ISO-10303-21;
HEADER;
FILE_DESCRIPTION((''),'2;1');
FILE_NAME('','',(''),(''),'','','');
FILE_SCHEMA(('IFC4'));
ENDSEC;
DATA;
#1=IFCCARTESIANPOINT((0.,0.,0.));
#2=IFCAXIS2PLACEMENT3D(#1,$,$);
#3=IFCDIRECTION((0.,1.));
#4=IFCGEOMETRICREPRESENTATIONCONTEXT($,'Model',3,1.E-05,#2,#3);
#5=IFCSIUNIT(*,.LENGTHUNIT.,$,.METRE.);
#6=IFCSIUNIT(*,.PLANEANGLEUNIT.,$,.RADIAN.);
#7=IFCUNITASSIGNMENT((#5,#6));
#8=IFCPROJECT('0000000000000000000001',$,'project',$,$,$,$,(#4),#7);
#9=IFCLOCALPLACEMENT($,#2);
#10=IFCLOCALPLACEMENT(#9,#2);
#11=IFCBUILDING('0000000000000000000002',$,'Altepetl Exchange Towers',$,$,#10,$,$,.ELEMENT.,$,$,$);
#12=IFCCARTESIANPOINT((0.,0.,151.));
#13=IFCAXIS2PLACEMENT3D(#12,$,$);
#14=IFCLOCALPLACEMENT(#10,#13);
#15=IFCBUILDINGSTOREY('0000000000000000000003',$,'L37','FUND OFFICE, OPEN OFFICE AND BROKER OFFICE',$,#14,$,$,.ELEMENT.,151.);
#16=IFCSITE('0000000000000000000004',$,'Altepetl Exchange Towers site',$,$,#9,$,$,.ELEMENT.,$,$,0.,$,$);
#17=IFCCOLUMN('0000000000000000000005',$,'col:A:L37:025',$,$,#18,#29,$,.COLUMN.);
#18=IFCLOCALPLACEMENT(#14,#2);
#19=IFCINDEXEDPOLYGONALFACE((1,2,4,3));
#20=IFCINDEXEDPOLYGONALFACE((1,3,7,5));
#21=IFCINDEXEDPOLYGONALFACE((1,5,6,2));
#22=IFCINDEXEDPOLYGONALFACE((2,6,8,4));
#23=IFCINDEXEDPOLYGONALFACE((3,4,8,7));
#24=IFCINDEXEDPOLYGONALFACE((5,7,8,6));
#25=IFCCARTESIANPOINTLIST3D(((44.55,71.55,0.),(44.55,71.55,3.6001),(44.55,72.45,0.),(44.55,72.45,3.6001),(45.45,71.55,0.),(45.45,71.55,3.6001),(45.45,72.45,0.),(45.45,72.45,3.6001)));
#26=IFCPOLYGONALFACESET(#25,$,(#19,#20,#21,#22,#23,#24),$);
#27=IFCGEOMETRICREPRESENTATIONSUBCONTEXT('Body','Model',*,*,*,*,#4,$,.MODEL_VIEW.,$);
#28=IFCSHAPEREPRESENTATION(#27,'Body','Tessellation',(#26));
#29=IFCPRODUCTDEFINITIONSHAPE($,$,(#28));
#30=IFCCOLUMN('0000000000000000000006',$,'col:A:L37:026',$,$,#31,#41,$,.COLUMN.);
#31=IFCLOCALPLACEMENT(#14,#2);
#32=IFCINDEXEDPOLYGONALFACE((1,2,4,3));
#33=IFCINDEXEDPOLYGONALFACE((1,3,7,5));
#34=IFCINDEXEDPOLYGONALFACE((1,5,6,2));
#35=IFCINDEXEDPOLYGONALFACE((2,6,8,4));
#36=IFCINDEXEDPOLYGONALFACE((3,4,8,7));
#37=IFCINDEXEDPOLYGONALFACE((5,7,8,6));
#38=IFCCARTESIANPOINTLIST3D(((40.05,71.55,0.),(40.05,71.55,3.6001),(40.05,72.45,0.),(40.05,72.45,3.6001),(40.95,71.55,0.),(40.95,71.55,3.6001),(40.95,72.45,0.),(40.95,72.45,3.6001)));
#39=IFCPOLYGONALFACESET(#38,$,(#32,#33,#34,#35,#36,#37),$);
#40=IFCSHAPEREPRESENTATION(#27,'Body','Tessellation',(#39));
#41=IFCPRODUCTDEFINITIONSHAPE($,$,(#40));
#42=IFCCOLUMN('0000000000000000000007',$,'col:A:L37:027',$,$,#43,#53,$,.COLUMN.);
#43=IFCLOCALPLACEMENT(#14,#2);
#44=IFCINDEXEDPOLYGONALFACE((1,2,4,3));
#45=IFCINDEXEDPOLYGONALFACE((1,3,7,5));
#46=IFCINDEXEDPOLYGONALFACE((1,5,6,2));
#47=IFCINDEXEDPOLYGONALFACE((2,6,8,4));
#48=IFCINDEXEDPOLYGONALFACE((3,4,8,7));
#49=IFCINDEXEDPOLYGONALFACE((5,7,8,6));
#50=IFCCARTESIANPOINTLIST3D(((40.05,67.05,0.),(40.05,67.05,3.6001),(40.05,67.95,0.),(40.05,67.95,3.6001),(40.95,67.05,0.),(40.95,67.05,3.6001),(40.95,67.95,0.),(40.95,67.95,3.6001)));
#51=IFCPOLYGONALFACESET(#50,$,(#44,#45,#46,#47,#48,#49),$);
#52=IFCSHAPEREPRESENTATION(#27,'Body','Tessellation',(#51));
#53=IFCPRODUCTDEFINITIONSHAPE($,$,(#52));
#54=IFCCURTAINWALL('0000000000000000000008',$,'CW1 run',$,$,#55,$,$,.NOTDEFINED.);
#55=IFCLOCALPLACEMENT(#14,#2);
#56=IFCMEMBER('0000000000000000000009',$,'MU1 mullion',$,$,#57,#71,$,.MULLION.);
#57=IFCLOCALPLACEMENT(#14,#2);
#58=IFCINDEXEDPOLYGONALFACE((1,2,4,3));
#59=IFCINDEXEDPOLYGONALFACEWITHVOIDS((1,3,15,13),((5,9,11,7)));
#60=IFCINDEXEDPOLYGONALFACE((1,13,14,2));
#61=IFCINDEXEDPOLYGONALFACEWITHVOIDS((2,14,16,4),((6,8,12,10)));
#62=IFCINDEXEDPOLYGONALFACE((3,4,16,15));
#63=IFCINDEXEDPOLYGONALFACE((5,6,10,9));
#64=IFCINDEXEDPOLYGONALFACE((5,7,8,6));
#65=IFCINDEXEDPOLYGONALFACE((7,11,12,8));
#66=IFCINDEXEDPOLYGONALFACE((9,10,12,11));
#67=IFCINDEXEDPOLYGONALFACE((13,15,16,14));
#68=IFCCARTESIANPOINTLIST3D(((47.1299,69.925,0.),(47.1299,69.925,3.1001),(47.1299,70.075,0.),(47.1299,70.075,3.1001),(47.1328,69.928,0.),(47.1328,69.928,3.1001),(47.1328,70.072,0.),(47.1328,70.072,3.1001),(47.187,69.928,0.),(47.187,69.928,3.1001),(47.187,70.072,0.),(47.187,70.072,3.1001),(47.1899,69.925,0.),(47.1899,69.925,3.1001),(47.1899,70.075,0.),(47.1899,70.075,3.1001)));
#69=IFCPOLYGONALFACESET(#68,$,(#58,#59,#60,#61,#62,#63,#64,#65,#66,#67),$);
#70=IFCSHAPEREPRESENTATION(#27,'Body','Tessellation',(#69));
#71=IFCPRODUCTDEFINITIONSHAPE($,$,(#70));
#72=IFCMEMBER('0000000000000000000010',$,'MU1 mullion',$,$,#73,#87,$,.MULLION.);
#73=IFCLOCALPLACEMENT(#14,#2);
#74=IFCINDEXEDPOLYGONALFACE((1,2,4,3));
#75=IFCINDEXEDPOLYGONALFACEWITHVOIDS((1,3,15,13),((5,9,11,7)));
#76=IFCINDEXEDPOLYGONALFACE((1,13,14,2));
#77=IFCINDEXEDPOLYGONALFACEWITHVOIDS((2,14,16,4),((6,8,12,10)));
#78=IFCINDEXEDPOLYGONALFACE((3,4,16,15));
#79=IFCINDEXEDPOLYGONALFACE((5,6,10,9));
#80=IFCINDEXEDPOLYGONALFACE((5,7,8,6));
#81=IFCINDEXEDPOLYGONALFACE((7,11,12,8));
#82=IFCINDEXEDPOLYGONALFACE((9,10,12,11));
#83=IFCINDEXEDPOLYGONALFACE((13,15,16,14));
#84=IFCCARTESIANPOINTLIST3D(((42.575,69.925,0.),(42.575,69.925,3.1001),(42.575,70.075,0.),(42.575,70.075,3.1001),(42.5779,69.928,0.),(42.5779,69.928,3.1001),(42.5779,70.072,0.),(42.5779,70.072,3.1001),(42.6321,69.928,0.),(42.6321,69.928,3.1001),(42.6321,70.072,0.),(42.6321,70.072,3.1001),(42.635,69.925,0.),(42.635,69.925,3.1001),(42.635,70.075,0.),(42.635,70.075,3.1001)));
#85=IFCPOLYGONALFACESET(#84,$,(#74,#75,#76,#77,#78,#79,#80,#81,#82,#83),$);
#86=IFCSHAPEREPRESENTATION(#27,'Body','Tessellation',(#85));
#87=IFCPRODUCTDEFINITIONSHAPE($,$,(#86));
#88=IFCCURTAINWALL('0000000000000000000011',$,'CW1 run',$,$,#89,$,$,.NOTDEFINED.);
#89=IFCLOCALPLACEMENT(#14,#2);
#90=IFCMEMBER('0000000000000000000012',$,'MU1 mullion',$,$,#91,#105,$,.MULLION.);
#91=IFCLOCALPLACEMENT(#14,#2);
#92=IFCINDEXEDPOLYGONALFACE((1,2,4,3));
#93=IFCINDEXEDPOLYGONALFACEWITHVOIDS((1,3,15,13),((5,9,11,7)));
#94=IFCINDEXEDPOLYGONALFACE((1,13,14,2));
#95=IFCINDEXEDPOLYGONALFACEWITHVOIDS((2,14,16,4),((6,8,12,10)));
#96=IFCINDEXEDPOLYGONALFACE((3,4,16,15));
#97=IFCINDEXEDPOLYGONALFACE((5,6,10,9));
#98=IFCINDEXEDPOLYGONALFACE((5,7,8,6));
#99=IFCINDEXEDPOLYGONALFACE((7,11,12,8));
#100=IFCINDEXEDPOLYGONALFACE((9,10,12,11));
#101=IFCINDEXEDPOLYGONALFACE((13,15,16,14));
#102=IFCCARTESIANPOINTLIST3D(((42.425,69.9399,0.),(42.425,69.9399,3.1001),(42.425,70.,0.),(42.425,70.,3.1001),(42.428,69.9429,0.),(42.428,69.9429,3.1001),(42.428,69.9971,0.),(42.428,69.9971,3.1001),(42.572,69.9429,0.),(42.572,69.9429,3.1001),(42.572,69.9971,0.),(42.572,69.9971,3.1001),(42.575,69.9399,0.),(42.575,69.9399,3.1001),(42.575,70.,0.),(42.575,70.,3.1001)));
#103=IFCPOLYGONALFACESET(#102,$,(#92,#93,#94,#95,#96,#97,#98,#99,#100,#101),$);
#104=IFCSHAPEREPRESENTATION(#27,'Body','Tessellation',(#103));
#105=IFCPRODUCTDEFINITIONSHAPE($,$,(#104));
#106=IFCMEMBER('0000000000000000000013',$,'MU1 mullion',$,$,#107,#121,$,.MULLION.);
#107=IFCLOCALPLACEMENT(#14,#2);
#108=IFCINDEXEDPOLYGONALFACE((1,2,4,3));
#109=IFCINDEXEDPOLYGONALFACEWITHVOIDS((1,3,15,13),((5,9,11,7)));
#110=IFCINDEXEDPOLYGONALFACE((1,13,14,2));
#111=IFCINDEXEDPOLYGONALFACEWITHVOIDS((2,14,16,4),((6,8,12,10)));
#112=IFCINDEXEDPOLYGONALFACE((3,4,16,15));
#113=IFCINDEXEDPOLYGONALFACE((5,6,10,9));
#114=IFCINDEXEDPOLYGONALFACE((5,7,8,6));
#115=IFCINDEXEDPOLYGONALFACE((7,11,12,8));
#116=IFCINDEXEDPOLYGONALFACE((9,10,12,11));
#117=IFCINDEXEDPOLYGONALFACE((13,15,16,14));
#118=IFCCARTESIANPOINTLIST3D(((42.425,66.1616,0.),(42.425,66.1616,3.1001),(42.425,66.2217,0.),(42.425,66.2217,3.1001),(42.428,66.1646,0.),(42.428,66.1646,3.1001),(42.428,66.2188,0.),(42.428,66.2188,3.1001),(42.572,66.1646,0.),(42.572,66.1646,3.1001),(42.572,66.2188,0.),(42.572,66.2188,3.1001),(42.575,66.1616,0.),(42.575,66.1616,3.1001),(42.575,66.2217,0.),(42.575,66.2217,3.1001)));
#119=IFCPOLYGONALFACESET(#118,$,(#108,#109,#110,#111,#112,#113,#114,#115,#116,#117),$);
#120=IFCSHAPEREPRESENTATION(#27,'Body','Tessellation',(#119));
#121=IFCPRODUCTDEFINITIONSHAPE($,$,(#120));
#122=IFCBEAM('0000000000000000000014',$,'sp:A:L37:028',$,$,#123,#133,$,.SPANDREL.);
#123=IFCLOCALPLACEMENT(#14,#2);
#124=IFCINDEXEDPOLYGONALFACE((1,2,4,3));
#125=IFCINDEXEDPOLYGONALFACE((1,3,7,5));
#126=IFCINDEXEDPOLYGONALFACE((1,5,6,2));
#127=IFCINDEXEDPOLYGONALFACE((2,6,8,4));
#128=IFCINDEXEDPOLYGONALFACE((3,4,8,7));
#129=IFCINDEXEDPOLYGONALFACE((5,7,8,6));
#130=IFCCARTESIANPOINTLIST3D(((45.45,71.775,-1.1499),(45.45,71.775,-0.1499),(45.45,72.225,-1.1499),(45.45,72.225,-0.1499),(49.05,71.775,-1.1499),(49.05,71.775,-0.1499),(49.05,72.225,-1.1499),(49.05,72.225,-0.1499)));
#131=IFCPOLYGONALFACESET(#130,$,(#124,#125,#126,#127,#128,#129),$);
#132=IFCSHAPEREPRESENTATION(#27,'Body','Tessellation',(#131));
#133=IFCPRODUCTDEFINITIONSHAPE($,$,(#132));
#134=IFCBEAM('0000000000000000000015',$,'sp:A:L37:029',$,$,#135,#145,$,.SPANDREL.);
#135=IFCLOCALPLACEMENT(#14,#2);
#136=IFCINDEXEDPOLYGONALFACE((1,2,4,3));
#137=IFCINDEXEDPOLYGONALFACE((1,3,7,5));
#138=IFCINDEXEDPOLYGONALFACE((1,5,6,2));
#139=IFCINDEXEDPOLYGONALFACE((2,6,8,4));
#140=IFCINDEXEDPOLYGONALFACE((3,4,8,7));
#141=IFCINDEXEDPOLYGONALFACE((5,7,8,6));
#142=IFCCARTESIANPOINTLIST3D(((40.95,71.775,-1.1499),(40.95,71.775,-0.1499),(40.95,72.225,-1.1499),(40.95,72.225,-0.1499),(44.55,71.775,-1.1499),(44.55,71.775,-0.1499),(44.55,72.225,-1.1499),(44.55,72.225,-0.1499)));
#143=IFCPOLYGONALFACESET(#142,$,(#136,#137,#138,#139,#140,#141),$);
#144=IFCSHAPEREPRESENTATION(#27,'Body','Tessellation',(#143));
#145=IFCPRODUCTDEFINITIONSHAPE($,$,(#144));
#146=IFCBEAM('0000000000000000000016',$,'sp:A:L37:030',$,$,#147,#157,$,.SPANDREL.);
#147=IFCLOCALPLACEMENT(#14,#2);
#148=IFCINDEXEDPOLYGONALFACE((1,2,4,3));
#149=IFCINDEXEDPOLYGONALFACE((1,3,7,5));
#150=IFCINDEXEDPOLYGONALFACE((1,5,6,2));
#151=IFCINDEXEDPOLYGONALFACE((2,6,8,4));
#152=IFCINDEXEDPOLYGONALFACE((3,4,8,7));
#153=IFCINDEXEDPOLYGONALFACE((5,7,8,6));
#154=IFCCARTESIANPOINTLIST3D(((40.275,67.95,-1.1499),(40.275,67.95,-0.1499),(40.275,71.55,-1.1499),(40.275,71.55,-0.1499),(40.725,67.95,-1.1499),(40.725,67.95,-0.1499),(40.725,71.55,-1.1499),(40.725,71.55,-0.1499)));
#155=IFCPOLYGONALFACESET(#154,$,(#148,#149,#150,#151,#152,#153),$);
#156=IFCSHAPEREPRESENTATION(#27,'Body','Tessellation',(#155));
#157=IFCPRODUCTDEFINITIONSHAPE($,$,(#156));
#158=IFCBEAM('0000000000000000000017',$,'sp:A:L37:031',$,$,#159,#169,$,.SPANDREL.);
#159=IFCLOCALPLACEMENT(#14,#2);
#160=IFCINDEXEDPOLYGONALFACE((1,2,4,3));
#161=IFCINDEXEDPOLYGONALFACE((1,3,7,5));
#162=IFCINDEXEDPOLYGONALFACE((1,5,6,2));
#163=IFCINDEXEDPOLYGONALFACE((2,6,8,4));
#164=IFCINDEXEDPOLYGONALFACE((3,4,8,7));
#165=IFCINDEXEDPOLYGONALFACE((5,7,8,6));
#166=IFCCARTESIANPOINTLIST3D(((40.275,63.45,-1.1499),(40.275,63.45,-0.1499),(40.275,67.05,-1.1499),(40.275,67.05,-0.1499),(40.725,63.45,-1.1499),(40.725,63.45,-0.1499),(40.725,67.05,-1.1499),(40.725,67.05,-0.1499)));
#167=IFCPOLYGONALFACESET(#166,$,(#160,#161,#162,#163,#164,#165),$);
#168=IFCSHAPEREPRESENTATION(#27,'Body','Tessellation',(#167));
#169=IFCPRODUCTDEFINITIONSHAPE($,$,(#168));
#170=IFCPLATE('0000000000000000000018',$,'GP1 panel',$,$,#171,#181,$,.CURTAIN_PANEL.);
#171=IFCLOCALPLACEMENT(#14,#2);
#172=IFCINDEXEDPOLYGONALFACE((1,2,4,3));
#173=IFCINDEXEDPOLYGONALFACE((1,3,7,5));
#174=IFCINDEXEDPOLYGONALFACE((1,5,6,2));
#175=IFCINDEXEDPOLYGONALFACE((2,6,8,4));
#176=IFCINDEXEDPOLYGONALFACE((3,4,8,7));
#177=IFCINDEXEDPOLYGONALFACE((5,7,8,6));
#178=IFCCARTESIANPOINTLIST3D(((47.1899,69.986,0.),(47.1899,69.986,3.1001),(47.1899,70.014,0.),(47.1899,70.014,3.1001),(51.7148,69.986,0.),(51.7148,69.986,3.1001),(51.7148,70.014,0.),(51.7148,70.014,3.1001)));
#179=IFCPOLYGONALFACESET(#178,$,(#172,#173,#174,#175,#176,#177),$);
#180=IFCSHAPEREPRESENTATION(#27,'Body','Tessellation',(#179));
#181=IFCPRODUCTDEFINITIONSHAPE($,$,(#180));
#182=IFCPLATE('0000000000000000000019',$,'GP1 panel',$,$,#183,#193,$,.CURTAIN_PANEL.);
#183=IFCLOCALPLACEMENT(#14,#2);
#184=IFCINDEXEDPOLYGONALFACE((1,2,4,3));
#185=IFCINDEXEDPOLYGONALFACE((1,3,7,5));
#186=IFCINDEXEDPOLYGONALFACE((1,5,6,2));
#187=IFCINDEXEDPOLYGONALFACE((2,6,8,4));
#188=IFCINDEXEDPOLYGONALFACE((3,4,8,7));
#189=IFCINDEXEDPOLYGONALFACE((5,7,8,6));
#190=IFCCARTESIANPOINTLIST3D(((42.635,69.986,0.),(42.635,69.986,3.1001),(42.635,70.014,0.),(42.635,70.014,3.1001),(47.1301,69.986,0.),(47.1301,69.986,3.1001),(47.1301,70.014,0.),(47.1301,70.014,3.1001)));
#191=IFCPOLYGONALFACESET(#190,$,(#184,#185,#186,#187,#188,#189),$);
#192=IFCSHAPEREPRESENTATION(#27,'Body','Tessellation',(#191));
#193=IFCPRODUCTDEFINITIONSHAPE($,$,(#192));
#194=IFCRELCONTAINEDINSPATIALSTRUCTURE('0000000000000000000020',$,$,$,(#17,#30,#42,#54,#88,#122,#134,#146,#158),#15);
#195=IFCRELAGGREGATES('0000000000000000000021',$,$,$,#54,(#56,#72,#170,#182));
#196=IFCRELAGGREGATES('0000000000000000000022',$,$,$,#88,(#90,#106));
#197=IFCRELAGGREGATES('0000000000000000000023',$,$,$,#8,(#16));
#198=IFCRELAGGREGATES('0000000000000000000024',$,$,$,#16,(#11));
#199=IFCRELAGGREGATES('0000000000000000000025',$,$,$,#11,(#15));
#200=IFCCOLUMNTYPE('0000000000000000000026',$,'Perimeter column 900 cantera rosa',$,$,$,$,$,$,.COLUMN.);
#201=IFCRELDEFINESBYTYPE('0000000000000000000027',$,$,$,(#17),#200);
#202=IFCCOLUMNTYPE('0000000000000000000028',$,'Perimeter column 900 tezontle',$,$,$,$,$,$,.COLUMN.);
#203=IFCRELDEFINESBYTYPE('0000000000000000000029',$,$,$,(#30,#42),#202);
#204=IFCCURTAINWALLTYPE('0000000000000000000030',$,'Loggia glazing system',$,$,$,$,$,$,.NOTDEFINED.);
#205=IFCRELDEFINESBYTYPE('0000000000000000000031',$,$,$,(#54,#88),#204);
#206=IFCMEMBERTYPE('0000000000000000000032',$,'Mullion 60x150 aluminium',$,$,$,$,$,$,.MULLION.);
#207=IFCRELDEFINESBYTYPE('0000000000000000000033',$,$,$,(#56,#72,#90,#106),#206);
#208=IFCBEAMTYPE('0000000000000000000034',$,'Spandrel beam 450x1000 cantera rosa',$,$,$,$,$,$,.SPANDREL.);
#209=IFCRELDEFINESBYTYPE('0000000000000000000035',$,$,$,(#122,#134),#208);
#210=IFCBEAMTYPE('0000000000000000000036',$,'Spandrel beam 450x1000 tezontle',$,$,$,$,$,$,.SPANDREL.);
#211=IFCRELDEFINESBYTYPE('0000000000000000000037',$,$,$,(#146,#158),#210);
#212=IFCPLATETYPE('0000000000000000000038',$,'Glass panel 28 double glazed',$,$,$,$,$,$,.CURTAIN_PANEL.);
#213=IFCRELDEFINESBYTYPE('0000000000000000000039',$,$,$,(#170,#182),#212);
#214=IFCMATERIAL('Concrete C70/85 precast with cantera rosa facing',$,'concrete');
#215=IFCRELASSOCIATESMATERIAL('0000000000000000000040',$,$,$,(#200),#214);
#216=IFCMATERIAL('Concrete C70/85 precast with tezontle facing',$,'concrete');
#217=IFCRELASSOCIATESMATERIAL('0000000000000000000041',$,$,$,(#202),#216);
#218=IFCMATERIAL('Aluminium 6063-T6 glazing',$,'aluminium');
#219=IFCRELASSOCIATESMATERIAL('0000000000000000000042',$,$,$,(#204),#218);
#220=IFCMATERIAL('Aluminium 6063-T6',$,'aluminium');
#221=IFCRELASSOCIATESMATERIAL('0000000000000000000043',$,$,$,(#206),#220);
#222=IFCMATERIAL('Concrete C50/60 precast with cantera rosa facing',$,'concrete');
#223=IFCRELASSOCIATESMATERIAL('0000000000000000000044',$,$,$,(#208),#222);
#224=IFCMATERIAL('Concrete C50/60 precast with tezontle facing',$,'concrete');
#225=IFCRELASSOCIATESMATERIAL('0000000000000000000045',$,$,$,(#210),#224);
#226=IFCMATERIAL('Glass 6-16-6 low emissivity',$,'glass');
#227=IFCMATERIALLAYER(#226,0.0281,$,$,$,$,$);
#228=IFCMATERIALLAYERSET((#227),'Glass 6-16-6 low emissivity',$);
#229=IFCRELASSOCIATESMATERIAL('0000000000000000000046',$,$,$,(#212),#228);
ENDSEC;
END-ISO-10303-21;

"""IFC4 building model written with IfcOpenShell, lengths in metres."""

from ifc_helpers import new_model, si_unit, direction, frame, origin, origin_2d, place, context, subcontext, project, spatial, rectangle, hollow_rectangle, extrude, material, layer, layer_set, material_profile, profile_set, type_object, element, aggregate, save


model = new_model("IFC4")

# Units and contexts
model_context = context("Model", 3, precision=1e-05, world=origin(), true_north=direction((0.0, 1.0)))
body_context = subcontext(model_context, "Body", "Model", "MODEL_VIEW")
ifc_project = project(units=[si_unit("LENGTHUNIT", "METRE"), si_unit("PLANEANGLEUNIT", "RADIAN")], contexts=[model_context])

# Site, building, storey
site_placement = place(None, origin())
site = spatial("IfcSite", under=ifc_project, at=site_placement, Name="Altepetl Exchange Towers site", CompositionType="ELEMENT", RefElevation=0.0)
building_placement = place(site_placement, origin())
building = spatial("IfcBuilding", under=site, at=building_placement, Name="Altepetl Exchange Towers", CompositionType="ELEMENT")
storey_placement = place(building_placement, frame((0.0, 0.0, 151.0)))
storey = spatial("IfcBuildingStorey", under=building, at=storey_placement, Name="L37", Description="FUND OFFICE, OPEN OFFICE AND BROKER OFFICE", CompositionType="ELEMENT", Elevation=151.0)

# Columns
ifc_material_1 = material(Name="Concrete C70/85 precast with cantera rosa facing", Category="concrete")
ifc_material_profile_1 = material_profile(ifc_material_1, rectangle(XDim=0.8999, YDim=0.8999, at=origin_2d()), Name="900 x 900")
ifc_profile_set_1 = profile_set([ifc_material_profile_1], Name="Concrete C70/85 precast with cantera rosa facing")
column_type_1 = type_object("IfcColumnType", Name="Perimeter column 900 cantera rosa", PredefinedType="COLUMN", material=ifc_profile_set_1)
column_placement = place(storey_placement, frame((45.0, 72.0, 0.0)))
element("IfcColumn", 1, at=column_placement, inside=storey, type_object=column_type_1, Name="col:A:L37:025", PredefinedType="COLUMN", context=body_context, shape_type="SweptSolid", body=[
    extrude(rectangle(XDim=0.8999, YDim=0.8999, at=origin_2d()), origin(), (0.0, 0.0, 1.0), 3.6001),
])
ifc_material_2 = material(Name="Concrete C70/85 precast with tezontle facing", Category="concrete")
ifc_material_profile_2 = material_profile(ifc_material_2, rectangle(XDim=0.8999, YDim=0.8999, at=origin_2d()), Name="900 x 900")
ifc_profile_set_2 = profile_set([ifc_material_profile_2], Name="Concrete C70/85 precast with tezontle facing")
column_type_2 = type_object("IfcColumnType", Name="Perimeter column 900 tezontle", PredefinedType="COLUMN", material=ifc_profile_set_2)
for number, where, name in (
    (2, (40.5, 72.0, 0.0), "col:A:L37:026"),
    (3, (40.5, 67.5, 0.0), "col:A:L37:027"),
):
    element("IfcColumn", number, at=place(storey_placement, frame(where)), inside=storey, type_object=column_type_2, Name=name, PredefinedType="COLUMN", context=body_context, shape_type="SweptSolid", body=[
        extrude(rectangle(XDim=0.8999, YDim=0.8999, at=origin_2d()), origin(), (0.0, 0.0, 1.0), 3.6001),
    ])

# Curtain walls, members
ifc_material_3 = material(Name="Aluminium 6063-T6 glazing", Category="aluminium")
curtain_wall_type = type_object("IfcCurtainWallType", Name="Loggia glazing system", PredefinedType="NOTDEFINED", material=ifc_material_3)
curtain_wall_1_placement = place(storey_placement, origin())
curtain_wall_1 = element("IfcCurtainWall", 4, at=curtain_wall_1_placement, inside=storey, type_object=curtain_wall_type, Name="CW1 run", PredefinedType="NOTDEFINED")
ifc_material_4 = material(Name="Aluminium 6063-T6", Category="aluminium")
ifc_material_profile_3 = material_profile(ifc_material_4, hollow_rectangle(XDim=0.0601, YDim=0.1499, WallThickness=0.0029, at=origin_2d()), Name="Mullion 60x150 aluminium")
ifc_profile_set_3 = profile_set([ifc_material_profile_3], Name="Aluminium 6063-T6")
member_type = type_object("IfcMemberType", Name="Mullion 60x150 aluminium", PredefinedType="MULLION", material=ifc_profile_set_3)
member_1_placement = place(storey_placement, frame((47.1599, 70.0, 0.0), z_axis=(0.0, 0.0, 1.0), x_axis=(-1.0, 0.0, 0.0)))
member_1 = element("IfcMember", 5, at=member_1_placement, type_object=member_type, Name="MU1 mullion", PredefinedType="MULLION", context=body_context, shape_type="SweptSolid", body=[
    extrude(hollow_rectangle(XDim=0.0601, YDim=0.1499, WallThickness=0.0029, at=origin_2d()), origin(), (0.0, 0.0, 1.0), 3.1001),
])
member_2_placement = place(storey_placement, frame((42.605, 70.0, 0.0), z_axis=(0.0, 0.0, 1.0), x_axis=(-1.0, 0.0, 0.0)))
member_2 = element("IfcMember", 6, at=member_2_placement, type_object=member_type, Name="MU1 mullion", PredefinedType="MULLION", context=body_context, shape_type="SweptSolid", body=[
    extrude(hollow_rectangle(XDim=0.0601, YDim=0.1499, WallThickness=0.0029, at=origin_2d()), origin(), (0.0, 0.0, 1.0), 3.1001),
])
curtain_wall_2_placement = place(storey_placement, origin())
curtain_wall_2 = element("IfcCurtainWall", 7, at=curtain_wall_2_placement, inside=storey, type_object=curtain_wall_type, Name="CW1 run", PredefinedType="NOTDEFINED")
member_3_placement = place(storey_placement, frame((42.5, 69.97, 0.0), z_axis=(0.0, 0.0, 1.0), x_axis=(0.0, -1.0, 0.0)))
member_3 = element("IfcMember", 8, at=member_3_placement, type_object=member_type, Name="MU1 mullion", PredefinedType="MULLION", context=body_context, shape_type="SweptSolid", body=[
    extrude(hollow_rectangle(XDim=0.0601, YDim=0.1499, WallThickness=0.0029, at=origin_2d()), origin(), (0.0, 0.0, 1.0), 3.1001),
])
member_4_placement = place(storey_placement, frame((42.5, 66.1917, 0.0), z_axis=(0.0, 0.0, 1.0), x_axis=(0.0, -1.0, 0.0)))
member_4 = element("IfcMember", 9, at=member_4_placement, type_object=member_type, Name="MU1 mullion", PredefinedType="MULLION", context=body_context, shape_type="SweptSolid", body=[
    extrude(hollow_rectangle(XDim=0.0601, YDim=0.1499, WallThickness=0.0029, at=origin_2d()), origin(), (0.0, 0.0, 1.0), 3.1001),
])

# Beams
ifc_material_5 = material(Name="Concrete C50/60 precast with cantera rosa facing", Category="concrete")
ifc_material_profile_4 = material_profile(ifc_material_5, rectangle(XDim=0.45, YDim=1.0, at=origin_2d()), Name="450 x 1000")
ifc_profile_set_4 = profile_set([ifc_material_profile_4], Name="Concrete C50/60 precast with cantera rosa facing")
beam_type_1 = type_object("IfcBeamType", Name="Spandrel beam 450x1000 cantera rosa", PredefinedType="SPANDREL", material=ifc_profile_set_4)
for number, where, z_axis, x_axis, name in (
    (10, (49.05, 72.0, -0.6499), (-1.0, 0.0, 0.0), (0.0, -1.0, 0.0), "sp:A:L37:028"),
    (11, (44.55, 72.0, -0.6499), (-1.0, 0.0, 0.0), (0.0, -1.0, 0.0), "sp:A:L37:029"),
):
    element("IfcBeam", number, at=place(storey_placement, frame(where, z_axis=z_axis, x_axis=x_axis)), inside=storey, type_object=beam_type_1, Name=name, PredefinedType="SPANDREL", context=body_context, shape_type="SweptSolid", body=[
        extrude(rectangle(XDim=0.45, YDim=1.0, at=origin_2d()), origin(), (0.0, 0.0, 1.0), 3.6001),
    ])
ifc_material_6 = material(Name="Concrete C50/60 precast with tezontle facing", Category="concrete")
ifc_material_profile_5 = material_profile(ifc_material_6, rectangle(XDim=0.45, YDim=1.0, at=origin_2d()), Name="450 x 1000")
ifc_profile_set_5 = profile_set([ifc_material_profile_5], Name="Concrete C50/60 precast with tezontle facing")
beam_type_2 = type_object("IfcBeamType", Name="Spandrel beam 450x1000 tezontle", PredefinedType="SPANDREL", material=ifc_profile_set_5)
for number, where, z_axis, x_axis, name in (
    (12, (40.5, 71.55, -0.6499), (0.0, -1.0, 0.0), (1.0, 0.0, 0.0), "sp:A:L37:030"),
    (13, (40.5, 67.05, -0.6499), (0.0, -1.0, 0.0), (1.0, 0.0, 0.0), "sp:A:L37:031"),
):
    element("IfcBeam", number, at=place(storey_placement, frame(where, z_axis=z_axis, x_axis=x_axis)), inside=storey, type_object=beam_type_2, Name=name, PredefinedType="SPANDREL", context=body_context, shape_type="SweptSolid", body=[
        extrude(rectangle(XDim=0.45, YDim=1.0, at=origin_2d()), origin(), (0.0, 0.0, 1.0), 3.6001),
    ])

# Plates
ifc_material_7 = material(Name="Glass 6-16-6 low emissivity", Category="glass")
ifc_layer = layer(ifc_material_7, 0.0281)
ifc_layer_set = layer_set([ifc_layer], Name="Glass 6-16-6 low emissivity")
plate_type = type_object("IfcPlateType", Name="Glass panel 28 double glazed", PredefinedType="CURTAIN_PANEL", material=ifc_layer_set)
plate_1_placement = place(storey_placement, frame((49.4524, 70.0, 0.0), z_axis=(0.0, 0.0, 1.0), x_axis=(-1.0, 0.0, 0.0)))
plate_1 = element("IfcPlate", 14, at=plate_1_placement, type_object=plate_type, Name="GP1 panel", PredefinedType="CURTAIN_PANEL", context=body_context, shape_type="SweptSolid", body=[
    extrude(rectangle(XDim=4.5249, YDim=0.0281, at=origin_2d()), origin(), (0.0, 0.0, 1.0), 3.1001),
])
plate_2_placement = place(storey_placement, frame((44.8826, 70.0, 0.0), z_axis=(0.0, 0.0, 1.0), x_axis=(-1.0, 0.0, 0.0)))
plate_2 = element("IfcPlate", 15, at=plate_2_placement, type_object=plate_type, Name="GP1 panel", PredefinedType="CURTAIN_PANEL", context=body_context, shape_type="SweptSolid", body=[
    extrude(rectangle(XDim=4.4951, YDim=0.0281, at=origin_2d()), origin(), (0.0, 0.0, 1.0), 3.1001),
])
aggregate(curtain_wall_1, [member_1, member_2, plate_1, plate_2])
aggregate(curtain_wall_2, [member_3, member_4])

save(model, "model.ifc")
